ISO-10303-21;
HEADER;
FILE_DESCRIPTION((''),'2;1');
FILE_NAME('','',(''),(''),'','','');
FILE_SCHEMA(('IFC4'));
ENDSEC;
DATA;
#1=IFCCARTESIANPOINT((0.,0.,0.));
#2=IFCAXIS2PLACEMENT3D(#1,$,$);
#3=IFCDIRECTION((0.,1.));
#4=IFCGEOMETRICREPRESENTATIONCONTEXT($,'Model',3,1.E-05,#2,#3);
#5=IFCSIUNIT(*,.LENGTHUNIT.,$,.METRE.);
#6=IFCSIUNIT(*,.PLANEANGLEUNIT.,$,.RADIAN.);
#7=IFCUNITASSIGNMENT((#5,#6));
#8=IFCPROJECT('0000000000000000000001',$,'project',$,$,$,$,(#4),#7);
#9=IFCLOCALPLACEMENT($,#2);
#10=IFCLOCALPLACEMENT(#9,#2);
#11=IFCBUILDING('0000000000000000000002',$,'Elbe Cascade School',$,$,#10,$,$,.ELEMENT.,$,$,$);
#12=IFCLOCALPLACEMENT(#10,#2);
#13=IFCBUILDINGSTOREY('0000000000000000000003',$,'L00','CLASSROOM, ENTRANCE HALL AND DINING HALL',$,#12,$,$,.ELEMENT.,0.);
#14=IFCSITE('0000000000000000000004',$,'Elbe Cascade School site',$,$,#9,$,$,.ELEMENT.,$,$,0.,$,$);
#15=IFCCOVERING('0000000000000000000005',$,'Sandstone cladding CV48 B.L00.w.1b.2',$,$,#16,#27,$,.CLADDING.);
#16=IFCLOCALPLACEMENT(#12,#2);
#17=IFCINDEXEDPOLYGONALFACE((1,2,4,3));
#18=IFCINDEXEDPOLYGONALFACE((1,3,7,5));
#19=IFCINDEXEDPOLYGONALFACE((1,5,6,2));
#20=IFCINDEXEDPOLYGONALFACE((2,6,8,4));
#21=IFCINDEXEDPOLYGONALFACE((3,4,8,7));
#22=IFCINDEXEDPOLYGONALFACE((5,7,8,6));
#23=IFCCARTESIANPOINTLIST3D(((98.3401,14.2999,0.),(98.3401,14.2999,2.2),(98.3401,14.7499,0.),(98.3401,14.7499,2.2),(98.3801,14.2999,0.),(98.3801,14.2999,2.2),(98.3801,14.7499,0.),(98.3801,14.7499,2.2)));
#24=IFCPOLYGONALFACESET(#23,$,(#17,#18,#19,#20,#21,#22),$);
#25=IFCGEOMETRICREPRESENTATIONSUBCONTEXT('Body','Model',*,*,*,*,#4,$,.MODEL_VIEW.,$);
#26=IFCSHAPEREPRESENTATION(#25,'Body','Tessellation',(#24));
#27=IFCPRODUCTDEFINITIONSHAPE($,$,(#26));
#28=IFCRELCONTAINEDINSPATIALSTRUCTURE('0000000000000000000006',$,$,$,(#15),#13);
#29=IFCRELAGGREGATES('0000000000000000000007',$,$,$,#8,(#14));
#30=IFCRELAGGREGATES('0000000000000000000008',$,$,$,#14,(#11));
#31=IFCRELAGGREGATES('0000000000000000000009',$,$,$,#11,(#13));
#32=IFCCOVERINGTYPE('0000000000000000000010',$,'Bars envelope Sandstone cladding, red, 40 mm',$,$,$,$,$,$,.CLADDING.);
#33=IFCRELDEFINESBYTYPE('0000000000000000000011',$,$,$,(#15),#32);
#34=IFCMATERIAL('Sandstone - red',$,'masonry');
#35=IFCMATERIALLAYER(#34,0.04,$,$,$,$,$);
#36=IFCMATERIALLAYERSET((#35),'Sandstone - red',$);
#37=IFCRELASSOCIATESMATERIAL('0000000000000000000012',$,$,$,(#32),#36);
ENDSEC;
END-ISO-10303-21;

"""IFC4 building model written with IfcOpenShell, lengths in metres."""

from ifc_helpers import new_model, si_unit, direction, frame, origin, origin_2d, place, context, subcontext, project, spatial, rectangle, extrude, material, layer, layer_set, type_object, element, save


model = new_model("IFC4")

# Units and contexts
model_context = context("Model", 3, precision=1e-05, world=origin(), true_north=direction((0.0, 1.0)))
body_context = subcontext(model_context, "Body", "Model", "MODEL_VIEW")
ifc_project = project(units=[si_unit("LENGTHUNIT", "METRE"), si_unit("PLANEANGLEUNIT", "RADIAN")], contexts=[model_context])

# Site, building, storey
site_placement = place(None, origin())
site = spatial("IfcSite", under=ifc_project, at=site_placement, Name="Elbe Cascade School site", CompositionType="ELEMENT", RefElevation=0.0)
building_placement = place(site_placement, origin())
building = spatial("IfcBuilding", under=site, at=building_placement, Name="Elbe Cascade School", CompositionType="ELEMENT")
storey_placement = place(building_placement, origin())
storey = spatial("IfcBuildingStorey", under=building, at=storey_placement, Name="L00", Description="CLASSROOM, ENTRANCE HALL AND DINING HALL", CompositionType="ELEMENT", Elevation=0.0)

# Covering
ifc_material_1 = material(Name="Sandstone - red", Category="masonry")
ifc_layer_1 = layer(ifc_material_1, 0.04)
ifc_layer_set_1 = layer_set([ifc_layer_1], Name="Sandstone - red")
covering_type = type_object("IfcCoveringType", Name="Bars envelope Sandstone cladding, red, 40 mm", PredefinedType="CLADDING", material=ifc_layer_set_1)
covering_placement = place(storey_placement, frame((98.3601, 14.5249, 0.0), z_axis=(0.0, 0.0, 1.0), x_axis=(0.0, 1.0, 0.0)))
element("IfcCovering", 1, at=covering_placement, inside=storey, type_object=covering_type, Name="Sandstone cladding CV48 B.L00.w.1b.2", PredefinedType="CLADDING", context=body_context, shape_type="SweptSolid", body=[
    extrude(rectangle(XDim=0.45, YDim=0.04, at=origin_2d()), origin(), (0.0, 0.0, 1.0), 2.2),
])

save(model, "model.ifc")
